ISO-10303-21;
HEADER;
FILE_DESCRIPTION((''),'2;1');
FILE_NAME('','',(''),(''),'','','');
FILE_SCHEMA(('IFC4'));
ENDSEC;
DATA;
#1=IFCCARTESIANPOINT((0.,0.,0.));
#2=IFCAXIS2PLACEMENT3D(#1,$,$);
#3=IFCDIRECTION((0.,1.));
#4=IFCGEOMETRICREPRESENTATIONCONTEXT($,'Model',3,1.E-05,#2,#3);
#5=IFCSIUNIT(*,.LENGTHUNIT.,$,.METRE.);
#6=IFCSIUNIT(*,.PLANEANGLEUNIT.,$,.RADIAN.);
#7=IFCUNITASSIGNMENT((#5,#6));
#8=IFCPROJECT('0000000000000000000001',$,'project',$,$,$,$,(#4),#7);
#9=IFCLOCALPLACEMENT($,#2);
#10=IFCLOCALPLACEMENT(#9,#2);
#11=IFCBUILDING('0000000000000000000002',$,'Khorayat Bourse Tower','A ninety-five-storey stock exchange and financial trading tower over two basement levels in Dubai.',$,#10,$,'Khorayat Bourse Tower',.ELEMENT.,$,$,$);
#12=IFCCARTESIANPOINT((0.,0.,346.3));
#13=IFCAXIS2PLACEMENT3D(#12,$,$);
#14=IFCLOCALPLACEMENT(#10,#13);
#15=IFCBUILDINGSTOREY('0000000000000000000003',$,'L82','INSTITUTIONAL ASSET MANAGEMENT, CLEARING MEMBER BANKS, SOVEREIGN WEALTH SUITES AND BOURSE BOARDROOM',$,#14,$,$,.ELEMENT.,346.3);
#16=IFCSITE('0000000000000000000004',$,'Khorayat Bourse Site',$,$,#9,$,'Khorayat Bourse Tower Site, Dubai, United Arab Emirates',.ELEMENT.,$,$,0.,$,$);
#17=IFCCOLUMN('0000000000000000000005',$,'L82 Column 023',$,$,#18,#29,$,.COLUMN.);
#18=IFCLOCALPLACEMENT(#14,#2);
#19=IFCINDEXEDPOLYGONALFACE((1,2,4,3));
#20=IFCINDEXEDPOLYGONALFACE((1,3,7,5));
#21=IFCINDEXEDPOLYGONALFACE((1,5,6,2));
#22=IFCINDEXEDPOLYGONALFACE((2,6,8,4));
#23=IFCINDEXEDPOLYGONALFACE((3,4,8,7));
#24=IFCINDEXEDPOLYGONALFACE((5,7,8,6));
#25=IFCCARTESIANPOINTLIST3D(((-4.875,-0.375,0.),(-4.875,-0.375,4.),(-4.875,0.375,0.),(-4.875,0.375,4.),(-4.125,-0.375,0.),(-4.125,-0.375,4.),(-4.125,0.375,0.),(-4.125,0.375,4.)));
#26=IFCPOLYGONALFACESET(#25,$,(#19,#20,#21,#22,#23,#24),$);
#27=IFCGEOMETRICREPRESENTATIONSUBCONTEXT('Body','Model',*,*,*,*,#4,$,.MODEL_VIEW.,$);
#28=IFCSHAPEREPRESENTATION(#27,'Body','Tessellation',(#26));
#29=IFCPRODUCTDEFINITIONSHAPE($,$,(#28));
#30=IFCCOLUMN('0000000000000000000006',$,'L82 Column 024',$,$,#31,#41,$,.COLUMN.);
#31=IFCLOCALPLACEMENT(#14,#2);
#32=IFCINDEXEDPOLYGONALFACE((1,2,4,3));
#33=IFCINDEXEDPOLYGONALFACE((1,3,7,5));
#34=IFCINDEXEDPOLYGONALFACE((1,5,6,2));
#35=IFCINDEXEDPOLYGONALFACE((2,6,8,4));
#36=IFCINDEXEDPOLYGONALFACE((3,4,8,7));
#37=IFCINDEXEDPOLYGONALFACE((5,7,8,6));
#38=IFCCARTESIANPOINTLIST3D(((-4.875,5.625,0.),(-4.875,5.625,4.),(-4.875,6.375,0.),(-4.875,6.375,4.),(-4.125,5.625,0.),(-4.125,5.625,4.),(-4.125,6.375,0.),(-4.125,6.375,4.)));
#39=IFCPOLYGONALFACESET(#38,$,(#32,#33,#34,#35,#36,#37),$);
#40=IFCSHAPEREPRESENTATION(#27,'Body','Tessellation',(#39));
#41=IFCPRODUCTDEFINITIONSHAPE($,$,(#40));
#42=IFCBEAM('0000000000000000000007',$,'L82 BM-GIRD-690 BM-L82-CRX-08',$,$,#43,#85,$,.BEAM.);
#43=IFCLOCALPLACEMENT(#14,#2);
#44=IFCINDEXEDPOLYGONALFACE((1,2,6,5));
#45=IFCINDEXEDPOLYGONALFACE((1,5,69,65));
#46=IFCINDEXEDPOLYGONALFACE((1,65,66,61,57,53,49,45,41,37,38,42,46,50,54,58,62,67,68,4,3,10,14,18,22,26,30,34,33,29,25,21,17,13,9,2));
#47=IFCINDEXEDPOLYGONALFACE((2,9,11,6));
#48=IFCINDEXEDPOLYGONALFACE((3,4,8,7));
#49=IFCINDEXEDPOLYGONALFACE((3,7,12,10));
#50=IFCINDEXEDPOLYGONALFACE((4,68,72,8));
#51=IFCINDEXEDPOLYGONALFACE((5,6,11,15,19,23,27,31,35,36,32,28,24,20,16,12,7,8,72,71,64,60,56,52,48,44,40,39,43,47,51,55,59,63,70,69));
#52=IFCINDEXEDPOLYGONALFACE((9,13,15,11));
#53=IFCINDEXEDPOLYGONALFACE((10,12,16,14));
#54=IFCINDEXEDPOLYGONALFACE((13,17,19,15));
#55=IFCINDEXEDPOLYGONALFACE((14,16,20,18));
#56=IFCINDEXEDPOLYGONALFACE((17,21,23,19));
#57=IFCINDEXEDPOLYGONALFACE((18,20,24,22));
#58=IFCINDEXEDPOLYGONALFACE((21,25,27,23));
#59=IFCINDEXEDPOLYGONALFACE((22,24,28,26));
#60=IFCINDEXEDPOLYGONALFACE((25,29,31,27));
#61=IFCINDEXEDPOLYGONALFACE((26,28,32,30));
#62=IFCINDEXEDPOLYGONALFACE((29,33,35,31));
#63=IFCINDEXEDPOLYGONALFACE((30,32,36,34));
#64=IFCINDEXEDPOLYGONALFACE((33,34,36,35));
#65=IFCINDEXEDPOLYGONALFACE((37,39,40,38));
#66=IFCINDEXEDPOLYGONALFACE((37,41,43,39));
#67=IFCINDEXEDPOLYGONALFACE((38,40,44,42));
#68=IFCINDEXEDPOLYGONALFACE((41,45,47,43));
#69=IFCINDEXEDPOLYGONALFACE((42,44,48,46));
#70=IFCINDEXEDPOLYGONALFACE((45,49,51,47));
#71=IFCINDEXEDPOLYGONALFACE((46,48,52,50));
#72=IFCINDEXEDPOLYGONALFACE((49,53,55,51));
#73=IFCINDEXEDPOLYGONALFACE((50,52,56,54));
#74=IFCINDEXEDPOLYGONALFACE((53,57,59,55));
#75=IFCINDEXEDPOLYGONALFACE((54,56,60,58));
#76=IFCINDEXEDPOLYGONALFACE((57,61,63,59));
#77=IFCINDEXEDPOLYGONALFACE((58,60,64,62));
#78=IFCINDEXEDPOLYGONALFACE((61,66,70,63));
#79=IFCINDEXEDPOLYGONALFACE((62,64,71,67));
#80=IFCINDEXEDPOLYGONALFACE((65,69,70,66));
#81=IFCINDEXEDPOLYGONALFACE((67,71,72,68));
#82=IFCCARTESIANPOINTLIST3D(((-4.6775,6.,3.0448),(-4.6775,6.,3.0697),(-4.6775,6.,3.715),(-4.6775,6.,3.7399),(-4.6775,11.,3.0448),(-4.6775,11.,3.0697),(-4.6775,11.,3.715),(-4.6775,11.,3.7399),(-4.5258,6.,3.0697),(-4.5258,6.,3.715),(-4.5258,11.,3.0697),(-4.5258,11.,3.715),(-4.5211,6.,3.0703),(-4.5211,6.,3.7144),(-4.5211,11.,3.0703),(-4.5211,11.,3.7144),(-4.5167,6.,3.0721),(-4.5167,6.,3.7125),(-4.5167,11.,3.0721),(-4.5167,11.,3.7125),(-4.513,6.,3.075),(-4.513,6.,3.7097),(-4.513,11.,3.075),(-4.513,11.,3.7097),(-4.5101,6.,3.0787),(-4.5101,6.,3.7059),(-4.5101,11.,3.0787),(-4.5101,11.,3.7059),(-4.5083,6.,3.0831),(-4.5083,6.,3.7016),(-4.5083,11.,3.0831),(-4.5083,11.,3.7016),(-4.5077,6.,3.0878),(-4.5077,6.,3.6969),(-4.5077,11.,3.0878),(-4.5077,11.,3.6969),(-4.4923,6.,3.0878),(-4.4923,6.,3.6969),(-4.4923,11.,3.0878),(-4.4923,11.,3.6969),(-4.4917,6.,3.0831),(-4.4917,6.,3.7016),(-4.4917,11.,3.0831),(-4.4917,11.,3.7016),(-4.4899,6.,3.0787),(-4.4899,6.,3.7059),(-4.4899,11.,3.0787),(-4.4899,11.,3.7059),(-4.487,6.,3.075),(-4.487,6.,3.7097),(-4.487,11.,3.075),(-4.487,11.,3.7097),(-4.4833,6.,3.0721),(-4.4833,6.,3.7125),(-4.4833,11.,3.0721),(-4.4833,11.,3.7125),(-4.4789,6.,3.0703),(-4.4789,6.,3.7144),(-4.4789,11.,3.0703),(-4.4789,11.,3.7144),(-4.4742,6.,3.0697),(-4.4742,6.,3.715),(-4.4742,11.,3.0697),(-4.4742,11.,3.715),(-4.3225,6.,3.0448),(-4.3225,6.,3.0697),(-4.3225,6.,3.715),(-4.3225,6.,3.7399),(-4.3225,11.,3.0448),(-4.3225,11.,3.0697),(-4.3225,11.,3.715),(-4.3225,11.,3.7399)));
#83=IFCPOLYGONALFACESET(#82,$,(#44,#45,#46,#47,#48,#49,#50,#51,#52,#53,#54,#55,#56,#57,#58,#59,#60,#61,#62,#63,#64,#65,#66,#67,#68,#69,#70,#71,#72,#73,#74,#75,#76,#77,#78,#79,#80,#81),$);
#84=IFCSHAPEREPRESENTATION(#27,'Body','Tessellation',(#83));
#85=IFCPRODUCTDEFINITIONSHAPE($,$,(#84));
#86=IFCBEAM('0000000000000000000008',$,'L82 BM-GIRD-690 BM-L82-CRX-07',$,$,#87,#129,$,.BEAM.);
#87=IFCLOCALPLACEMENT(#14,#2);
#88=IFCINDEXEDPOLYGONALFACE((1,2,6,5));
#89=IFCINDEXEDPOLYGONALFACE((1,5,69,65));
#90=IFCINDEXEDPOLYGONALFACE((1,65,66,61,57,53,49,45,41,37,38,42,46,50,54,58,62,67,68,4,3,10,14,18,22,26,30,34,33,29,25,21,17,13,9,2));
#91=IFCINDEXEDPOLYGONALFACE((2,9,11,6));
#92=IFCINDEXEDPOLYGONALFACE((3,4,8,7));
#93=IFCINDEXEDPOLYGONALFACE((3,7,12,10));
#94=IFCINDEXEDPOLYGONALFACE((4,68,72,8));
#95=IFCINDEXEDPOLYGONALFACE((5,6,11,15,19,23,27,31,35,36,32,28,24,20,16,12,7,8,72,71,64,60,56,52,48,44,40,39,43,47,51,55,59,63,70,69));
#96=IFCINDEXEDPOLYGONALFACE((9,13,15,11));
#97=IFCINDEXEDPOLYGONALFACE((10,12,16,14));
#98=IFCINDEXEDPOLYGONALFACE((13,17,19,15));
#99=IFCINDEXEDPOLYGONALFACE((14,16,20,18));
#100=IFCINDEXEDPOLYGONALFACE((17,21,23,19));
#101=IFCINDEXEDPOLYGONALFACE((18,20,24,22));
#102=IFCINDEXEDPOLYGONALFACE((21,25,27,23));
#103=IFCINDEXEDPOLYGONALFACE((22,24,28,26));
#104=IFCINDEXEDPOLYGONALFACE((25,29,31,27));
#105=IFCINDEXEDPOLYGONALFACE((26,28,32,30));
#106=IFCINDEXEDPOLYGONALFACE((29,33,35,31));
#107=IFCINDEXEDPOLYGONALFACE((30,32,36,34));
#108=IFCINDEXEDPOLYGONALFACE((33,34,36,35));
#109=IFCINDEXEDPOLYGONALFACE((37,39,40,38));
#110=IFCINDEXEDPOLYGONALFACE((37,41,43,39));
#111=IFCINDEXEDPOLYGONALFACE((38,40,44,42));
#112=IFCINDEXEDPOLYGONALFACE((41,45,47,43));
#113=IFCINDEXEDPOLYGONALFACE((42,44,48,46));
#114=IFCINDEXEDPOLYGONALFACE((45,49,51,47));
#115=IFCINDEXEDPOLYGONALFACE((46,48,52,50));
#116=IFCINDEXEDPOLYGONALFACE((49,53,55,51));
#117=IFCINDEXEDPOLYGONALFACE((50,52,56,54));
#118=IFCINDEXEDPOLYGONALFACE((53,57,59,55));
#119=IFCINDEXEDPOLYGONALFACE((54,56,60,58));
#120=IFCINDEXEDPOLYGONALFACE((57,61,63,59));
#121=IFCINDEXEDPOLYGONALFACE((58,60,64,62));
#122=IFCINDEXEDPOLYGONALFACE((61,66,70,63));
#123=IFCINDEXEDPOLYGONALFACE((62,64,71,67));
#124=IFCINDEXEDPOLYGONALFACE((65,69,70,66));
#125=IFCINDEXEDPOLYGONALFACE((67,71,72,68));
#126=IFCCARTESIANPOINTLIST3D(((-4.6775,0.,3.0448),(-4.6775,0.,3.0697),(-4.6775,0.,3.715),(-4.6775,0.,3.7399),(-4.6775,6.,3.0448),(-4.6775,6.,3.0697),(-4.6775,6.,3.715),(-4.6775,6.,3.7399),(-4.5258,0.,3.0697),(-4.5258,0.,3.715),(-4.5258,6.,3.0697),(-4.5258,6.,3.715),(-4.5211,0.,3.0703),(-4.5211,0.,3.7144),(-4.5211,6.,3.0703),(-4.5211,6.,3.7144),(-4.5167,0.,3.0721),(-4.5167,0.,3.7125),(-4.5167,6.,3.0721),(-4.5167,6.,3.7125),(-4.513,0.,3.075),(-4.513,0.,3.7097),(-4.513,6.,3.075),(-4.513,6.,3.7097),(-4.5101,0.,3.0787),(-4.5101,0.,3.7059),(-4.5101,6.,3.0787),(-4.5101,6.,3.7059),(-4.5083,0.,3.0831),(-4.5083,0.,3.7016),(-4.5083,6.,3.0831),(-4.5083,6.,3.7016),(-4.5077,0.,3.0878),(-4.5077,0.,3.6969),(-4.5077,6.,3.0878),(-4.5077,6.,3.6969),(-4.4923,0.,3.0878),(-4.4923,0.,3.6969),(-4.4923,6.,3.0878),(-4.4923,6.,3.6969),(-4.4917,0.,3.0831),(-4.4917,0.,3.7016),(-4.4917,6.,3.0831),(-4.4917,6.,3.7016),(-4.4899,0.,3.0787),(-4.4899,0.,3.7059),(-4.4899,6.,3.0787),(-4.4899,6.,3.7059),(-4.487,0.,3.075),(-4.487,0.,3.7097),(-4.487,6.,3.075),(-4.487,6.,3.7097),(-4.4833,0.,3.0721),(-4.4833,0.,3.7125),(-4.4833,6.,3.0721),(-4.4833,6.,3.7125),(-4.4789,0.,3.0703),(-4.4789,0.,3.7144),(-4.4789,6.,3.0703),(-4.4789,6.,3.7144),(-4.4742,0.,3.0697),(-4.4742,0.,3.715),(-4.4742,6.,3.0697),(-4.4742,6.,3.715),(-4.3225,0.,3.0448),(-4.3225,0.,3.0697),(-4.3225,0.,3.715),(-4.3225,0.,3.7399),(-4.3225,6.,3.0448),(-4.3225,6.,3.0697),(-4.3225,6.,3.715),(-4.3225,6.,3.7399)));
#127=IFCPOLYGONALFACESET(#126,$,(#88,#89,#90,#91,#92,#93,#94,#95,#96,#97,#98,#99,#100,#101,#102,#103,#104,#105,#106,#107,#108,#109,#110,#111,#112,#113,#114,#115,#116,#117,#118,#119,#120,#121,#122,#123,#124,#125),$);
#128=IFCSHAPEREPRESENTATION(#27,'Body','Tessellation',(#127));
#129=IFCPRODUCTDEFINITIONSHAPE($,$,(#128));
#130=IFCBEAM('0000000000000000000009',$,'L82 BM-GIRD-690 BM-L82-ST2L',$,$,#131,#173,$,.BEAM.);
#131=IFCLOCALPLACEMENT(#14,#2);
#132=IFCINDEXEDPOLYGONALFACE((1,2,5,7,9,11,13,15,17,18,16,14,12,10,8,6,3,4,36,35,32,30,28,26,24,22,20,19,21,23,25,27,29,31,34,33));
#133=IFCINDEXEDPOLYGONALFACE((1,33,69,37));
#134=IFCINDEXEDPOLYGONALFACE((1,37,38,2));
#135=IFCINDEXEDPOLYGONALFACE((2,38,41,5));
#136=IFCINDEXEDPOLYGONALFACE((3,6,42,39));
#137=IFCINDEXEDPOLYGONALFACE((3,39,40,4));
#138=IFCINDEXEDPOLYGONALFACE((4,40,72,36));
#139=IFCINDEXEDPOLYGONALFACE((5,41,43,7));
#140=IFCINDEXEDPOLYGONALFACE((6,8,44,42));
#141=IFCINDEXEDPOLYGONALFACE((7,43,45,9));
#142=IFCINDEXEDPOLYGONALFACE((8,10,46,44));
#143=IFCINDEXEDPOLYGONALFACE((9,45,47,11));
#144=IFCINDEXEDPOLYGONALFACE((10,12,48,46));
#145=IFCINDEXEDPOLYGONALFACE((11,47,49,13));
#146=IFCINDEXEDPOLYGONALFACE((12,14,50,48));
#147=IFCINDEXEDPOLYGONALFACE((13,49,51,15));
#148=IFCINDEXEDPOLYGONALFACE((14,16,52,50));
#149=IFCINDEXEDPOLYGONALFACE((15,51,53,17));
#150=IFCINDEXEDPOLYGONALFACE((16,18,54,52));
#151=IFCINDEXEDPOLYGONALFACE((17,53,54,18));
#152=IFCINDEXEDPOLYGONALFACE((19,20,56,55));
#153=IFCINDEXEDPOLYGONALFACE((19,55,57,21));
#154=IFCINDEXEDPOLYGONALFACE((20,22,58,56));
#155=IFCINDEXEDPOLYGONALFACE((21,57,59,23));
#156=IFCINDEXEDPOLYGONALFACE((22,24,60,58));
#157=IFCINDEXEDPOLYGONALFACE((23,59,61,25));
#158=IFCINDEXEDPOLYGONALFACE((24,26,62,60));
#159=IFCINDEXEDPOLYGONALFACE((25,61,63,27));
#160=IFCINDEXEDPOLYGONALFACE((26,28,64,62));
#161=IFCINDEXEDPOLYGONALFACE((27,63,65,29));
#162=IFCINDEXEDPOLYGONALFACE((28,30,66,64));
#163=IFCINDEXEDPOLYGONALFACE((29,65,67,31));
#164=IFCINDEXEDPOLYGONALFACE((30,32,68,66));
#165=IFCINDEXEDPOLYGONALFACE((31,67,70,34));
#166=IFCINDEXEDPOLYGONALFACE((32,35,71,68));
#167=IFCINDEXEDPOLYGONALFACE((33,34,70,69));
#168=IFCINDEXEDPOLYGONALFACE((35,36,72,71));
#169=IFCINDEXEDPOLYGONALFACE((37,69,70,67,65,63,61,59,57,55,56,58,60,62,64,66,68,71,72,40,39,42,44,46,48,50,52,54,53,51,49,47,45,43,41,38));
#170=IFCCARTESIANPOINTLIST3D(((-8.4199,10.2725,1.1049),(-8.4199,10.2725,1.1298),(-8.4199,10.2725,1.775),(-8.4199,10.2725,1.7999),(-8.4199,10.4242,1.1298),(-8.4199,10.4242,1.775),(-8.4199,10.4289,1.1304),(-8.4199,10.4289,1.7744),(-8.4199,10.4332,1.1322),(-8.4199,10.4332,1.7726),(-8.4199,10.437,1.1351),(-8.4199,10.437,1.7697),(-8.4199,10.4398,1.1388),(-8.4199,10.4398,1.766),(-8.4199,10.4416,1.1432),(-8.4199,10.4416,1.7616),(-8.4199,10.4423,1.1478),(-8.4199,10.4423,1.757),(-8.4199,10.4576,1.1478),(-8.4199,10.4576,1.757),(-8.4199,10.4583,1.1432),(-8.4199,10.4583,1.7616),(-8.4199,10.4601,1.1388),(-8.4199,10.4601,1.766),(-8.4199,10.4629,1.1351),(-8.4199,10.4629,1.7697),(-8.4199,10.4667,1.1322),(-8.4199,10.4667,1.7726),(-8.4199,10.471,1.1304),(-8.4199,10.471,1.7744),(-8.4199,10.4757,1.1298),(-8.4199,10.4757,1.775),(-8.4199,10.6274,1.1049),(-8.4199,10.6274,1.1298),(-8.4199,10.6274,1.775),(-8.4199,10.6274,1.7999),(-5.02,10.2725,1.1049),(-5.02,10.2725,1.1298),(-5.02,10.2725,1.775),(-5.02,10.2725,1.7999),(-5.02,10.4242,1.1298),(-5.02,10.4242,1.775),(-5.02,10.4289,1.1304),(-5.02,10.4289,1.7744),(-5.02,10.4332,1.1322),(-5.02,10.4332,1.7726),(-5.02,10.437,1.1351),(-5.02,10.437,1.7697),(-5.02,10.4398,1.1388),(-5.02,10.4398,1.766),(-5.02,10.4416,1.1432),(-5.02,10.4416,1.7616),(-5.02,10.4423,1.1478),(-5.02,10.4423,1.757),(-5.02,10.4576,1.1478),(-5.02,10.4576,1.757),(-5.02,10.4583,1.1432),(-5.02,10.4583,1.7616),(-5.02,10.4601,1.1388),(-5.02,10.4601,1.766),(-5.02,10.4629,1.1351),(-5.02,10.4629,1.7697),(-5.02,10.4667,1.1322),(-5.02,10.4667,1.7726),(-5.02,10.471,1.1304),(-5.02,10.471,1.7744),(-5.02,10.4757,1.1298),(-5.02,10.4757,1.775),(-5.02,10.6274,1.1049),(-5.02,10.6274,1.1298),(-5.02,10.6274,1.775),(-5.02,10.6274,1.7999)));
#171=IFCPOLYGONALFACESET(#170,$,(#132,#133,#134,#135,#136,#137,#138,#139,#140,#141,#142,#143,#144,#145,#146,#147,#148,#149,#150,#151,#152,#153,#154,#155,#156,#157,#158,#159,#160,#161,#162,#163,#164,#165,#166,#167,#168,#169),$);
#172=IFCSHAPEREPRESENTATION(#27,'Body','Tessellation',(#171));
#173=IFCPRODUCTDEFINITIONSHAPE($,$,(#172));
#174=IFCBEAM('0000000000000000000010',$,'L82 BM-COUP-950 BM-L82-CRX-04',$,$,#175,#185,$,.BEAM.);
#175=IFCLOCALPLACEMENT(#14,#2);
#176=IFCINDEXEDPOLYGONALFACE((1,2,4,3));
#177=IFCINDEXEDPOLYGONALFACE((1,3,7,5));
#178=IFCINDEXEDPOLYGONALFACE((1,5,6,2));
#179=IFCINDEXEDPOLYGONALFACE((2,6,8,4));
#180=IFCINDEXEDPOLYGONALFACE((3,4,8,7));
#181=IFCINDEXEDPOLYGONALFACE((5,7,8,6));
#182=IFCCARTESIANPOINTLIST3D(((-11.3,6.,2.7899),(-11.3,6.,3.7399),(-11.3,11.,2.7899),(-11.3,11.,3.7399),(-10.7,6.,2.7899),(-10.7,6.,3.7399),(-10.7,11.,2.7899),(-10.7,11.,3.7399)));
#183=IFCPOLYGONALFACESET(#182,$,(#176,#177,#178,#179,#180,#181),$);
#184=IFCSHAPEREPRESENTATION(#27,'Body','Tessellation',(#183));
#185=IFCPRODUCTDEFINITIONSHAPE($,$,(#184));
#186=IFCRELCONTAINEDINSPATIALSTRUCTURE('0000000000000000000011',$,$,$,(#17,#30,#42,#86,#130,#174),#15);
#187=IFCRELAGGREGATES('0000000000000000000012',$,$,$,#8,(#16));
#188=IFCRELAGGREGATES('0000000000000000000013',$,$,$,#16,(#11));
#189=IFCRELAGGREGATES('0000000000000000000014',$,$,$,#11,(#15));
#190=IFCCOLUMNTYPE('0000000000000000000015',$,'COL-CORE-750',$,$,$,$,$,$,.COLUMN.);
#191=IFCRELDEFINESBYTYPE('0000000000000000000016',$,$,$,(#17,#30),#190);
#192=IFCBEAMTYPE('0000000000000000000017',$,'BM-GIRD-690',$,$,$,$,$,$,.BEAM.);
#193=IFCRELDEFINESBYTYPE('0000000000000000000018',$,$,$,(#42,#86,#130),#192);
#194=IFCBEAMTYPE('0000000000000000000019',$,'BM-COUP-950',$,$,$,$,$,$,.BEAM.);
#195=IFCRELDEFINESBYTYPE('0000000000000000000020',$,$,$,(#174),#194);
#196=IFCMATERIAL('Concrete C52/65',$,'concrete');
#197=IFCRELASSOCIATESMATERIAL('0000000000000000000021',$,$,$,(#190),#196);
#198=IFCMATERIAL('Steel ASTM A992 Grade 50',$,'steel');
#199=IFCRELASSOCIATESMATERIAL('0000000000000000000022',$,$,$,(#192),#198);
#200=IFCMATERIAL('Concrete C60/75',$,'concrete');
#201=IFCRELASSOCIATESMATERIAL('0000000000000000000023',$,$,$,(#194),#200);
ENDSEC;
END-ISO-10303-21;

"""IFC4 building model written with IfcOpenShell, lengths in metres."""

from ifc_helpers import new_model, si_unit, direction, frame, origin, origin_2d, place, context, subcontext, project, spatial, rectangle, i_section, extrude, source, transform, mapped, material, material_profile, profile_set, type_object, element, save


model = new_model("IFC4")

# Units and contexts
model_context = context("Model", 3, precision=1e-05, world=origin(), true_north=direction((0.0, 1.0)))
body_context = subcontext(model_context, "Body", "Model", "MODEL_VIEW")
ifc_project = project(units=[si_unit("LENGTHUNIT", "METRE"), si_unit("PLANEANGLEUNIT", "RADIAN")], contexts=[model_context])

# Site, building, storey
site_placement = place(None, origin())
site = spatial("IfcSite", under=ifc_project, at=site_placement, Name="Khorayat Bourse Site", LongName="Khorayat Bourse Tower Site, Dubai, United Arab Emirates", CompositionType="ELEMENT", RefElevation=0.0)
building_placement = place(site_placement, origin())
building = spatial("IfcBuilding", under=site, at=building_placement, Name="Khorayat Bourse Tower", Description="A ninety-five-storey stock exchange and financial trading tower over two basement levels in Dubai.", LongName="Khorayat Bourse Tower", CompositionType="ELEMENT")
storey_placement = place(building_placement, frame((0.0, 0.0, 346.3)))
storey = spatial("IfcBuildingStorey", under=building, at=storey_placement, Name="L82", Description="INSTITUTIONAL ASSET MANAGEMENT, CLEARING MEMBER BANKS, SOVEREIGN WEALTH SUITES AND BOURSE BOARDROOM", CompositionType="ELEMENT", Elevation=346.3)

# Columns
ifc_material_1 = material(Name="Concrete C52/65", Category="concrete")
ifc_material_profile_1 = material_profile(ifc_material_1, rectangle(XDim=0.75, YDim=0.75, at=origin_2d()), Name="RC 750x750")
ifc_profile_set_1 = profile_set([ifc_material_profile_1], Name="Concrete C52/65")
column_type = type_object("IfcColumnType", Name="COL-CORE-750", PredefinedType="COLUMN", material=ifc_profile_set_1)
shared_shape_1 = source(origin(), body_context, "Body", "SweptSolid", [
    extrude(rectangle(XDim=0.75, YDim=0.75, at=origin_2d()), origin(), (0.0, 0.0, 1.0), 4.0),
])
for number, where, z_axis, x_axis, name in (
    (1, (-4.5, 0.0, 0.0), (0.0, 0.0, 1.0), (1.0, 0.0, 0.0), "L82 Column 023"),
    (2, (-4.5, 6.0, 0.0), (0.0, 0.0, 1.0), (1.0, 0.0, 0.0), "L82 Column 024"),
):
    element("IfcColumn", number, at=place(storey_placement, frame(where, z_axis=z_axis, x_axis=x_axis)), inside=storey, type_object=column_type, Name=name, PredefinedType="COLUMN", context=body_context, shape_type="MappedRepresentation", body=[
        mapped(shared_shape_1, transform((0.0, 0.0, 0.0), scale=1.0)),
    ])

# Beams
ifc_material_2 = material(Name="Steel ASTM A992 Grade 50", Category="steel")
ifc_material_profile_2 = material_profile(ifc_material_2, i_section(OverallWidth=0.355, OverallDepth=0.6951, WebThickness=0.0154, FlangeThickness=0.0249, FilletRadius=0.0181, at=origin_2d()), Name="W690X217")
ifc_profile_set_2 = profile_set([ifc_material_profile_2], Name="Steel ASTM A992 Grade 50")
beam_type_1 = type_object("IfcBeamType", Name="BM-GIRD-690", PredefinedType="BEAM", material=ifc_profile_set_2)
shared_shape_2 = source(origin(), body_context, "Body", "SweptSolid", [
    extrude(i_section(OverallWidth=0.355, OverallDepth=0.6951, WebThickness=0.0154, FlangeThickness=0.0249, FilletRadius=0.0181, at=origin_2d()), origin(), (0.0, 0.0, 1.0), 5.0),
])
beam_1_placement = place(storey_placement, frame((-4.5, 6.0, 3.3923), z_axis=(0.0, 1.0, 0.0), x_axis=(-1.0, 0.0, 0.0)))
element("IfcBeam", 3, at=beam_1_placement, inside=storey, type_object=beam_type_1, Name="L82 BM-GIRD-690 BM-L82-CRX-08", PredefinedType="BEAM", context=body_context, shape_type="MappedRepresentation", body=[
    mapped(shared_shape_2, transform((0.0, 0.0, 0.0), scale=1.0)),
])
shared_shape_3 = source(origin(), body_context, "Body", "SweptSolid", [
    extrude(i_section(OverallWidth=0.355, OverallDepth=0.6951, WebThickness=0.0154, FlangeThickness=0.0249, FilletRadius=0.0181, at=origin_2d()), origin(), (0.0, 0.0, 1.0), 6.0),
])
beam_2_placement = place(storey_placement, frame((-4.5, 0.0, 3.3923), z_axis=(0.0, 1.0, 0.0), x_axis=(-1.0, 0.0, 0.0)))
element("IfcBeam", 4, at=beam_2_placement, inside=storey, type_object=beam_type_1, Name="L82 BM-GIRD-690 BM-L82-CRX-07", PredefinedType="BEAM", context=body_context, shape_type="MappedRepresentation", body=[
    mapped(shared_shape_3, transform((0.0, 0.0, 0.0), scale=1.0)),
])
shared_shape_4 = source(origin(), body_context, "Body", "SweptSolid", [
    extrude(i_section(OverallWidth=0.355, OverallDepth=0.6951, WebThickness=0.0154, FlangeThickness=0.0249, FilletRadius=0.0181, at=origin_2d()), origin(), (0.0, 0.0, 1.0), 3.3999),
])
beam_3_placement = place(storey_placement, frame((-8.4199, 10.45, 1.4524), z_axis=(1.0, 0.0, 0.0), x_axis=(0.0, 1.0, 0.0)))
element("IfcBeam", 5, at=beam_3_placement, inside=storey, type_object=beam_type_1, Name="L82 BM-GIRD-690 BM-L82-ST2L", PredefinedType="BEAM", context=body_context, shape_type="MappedRepresentation", body=[
    mapped(shared_shape_4, transform((0.0, 0.0, 0.0), scale=1.0)),
])
ifc_material_3 = material(Name="Concrete C60/75", Category="concrete")
ifc_material_profile_3 = material_profile(ifc_material_3, rectangle(XDim=0.6001, YDim=0.95, at=origin_2d()), Name="RC 600x950")
ifc_profile_set_3 = profile_set([ifc_material_profile_3], Name="Concrete C60/75")
beam_type_2 = type_object("IfcBeamType", Name="BM-COUP-950", PredefinedType="BEAM", material=ifc_profile_set_3)
shared_shape_5 = source(origin(), body_context, "Body", "SweptSolid", [
    extrude(rectangle(XDim=0.6001, YDim=0.95, at=origin_2d()), origin(), (0.0, 0.0, 1.0), 5.0),
])
beam_4_placement = place(storey_placement, frame((-11.0, 6.0, 3.2649), z_axis=(0.0, 1.0, 0.0), x_axis=(-1.0, 0.0, 0.0)))
element("IfcBeam", 6, at=beam_4_placement, inside=storey, type_object=beam_type_2, Name="L82 BM-COUP-950 BM-L82-CRX-04", PredefinedType="BEAM", context=body_context, shape_type="MappedRepresentation", body=[
    mapped(shared_shape_5, transform((0.0, 0.0, 0.0), scale=1.0)),
])

save(model, "model.ifc")
